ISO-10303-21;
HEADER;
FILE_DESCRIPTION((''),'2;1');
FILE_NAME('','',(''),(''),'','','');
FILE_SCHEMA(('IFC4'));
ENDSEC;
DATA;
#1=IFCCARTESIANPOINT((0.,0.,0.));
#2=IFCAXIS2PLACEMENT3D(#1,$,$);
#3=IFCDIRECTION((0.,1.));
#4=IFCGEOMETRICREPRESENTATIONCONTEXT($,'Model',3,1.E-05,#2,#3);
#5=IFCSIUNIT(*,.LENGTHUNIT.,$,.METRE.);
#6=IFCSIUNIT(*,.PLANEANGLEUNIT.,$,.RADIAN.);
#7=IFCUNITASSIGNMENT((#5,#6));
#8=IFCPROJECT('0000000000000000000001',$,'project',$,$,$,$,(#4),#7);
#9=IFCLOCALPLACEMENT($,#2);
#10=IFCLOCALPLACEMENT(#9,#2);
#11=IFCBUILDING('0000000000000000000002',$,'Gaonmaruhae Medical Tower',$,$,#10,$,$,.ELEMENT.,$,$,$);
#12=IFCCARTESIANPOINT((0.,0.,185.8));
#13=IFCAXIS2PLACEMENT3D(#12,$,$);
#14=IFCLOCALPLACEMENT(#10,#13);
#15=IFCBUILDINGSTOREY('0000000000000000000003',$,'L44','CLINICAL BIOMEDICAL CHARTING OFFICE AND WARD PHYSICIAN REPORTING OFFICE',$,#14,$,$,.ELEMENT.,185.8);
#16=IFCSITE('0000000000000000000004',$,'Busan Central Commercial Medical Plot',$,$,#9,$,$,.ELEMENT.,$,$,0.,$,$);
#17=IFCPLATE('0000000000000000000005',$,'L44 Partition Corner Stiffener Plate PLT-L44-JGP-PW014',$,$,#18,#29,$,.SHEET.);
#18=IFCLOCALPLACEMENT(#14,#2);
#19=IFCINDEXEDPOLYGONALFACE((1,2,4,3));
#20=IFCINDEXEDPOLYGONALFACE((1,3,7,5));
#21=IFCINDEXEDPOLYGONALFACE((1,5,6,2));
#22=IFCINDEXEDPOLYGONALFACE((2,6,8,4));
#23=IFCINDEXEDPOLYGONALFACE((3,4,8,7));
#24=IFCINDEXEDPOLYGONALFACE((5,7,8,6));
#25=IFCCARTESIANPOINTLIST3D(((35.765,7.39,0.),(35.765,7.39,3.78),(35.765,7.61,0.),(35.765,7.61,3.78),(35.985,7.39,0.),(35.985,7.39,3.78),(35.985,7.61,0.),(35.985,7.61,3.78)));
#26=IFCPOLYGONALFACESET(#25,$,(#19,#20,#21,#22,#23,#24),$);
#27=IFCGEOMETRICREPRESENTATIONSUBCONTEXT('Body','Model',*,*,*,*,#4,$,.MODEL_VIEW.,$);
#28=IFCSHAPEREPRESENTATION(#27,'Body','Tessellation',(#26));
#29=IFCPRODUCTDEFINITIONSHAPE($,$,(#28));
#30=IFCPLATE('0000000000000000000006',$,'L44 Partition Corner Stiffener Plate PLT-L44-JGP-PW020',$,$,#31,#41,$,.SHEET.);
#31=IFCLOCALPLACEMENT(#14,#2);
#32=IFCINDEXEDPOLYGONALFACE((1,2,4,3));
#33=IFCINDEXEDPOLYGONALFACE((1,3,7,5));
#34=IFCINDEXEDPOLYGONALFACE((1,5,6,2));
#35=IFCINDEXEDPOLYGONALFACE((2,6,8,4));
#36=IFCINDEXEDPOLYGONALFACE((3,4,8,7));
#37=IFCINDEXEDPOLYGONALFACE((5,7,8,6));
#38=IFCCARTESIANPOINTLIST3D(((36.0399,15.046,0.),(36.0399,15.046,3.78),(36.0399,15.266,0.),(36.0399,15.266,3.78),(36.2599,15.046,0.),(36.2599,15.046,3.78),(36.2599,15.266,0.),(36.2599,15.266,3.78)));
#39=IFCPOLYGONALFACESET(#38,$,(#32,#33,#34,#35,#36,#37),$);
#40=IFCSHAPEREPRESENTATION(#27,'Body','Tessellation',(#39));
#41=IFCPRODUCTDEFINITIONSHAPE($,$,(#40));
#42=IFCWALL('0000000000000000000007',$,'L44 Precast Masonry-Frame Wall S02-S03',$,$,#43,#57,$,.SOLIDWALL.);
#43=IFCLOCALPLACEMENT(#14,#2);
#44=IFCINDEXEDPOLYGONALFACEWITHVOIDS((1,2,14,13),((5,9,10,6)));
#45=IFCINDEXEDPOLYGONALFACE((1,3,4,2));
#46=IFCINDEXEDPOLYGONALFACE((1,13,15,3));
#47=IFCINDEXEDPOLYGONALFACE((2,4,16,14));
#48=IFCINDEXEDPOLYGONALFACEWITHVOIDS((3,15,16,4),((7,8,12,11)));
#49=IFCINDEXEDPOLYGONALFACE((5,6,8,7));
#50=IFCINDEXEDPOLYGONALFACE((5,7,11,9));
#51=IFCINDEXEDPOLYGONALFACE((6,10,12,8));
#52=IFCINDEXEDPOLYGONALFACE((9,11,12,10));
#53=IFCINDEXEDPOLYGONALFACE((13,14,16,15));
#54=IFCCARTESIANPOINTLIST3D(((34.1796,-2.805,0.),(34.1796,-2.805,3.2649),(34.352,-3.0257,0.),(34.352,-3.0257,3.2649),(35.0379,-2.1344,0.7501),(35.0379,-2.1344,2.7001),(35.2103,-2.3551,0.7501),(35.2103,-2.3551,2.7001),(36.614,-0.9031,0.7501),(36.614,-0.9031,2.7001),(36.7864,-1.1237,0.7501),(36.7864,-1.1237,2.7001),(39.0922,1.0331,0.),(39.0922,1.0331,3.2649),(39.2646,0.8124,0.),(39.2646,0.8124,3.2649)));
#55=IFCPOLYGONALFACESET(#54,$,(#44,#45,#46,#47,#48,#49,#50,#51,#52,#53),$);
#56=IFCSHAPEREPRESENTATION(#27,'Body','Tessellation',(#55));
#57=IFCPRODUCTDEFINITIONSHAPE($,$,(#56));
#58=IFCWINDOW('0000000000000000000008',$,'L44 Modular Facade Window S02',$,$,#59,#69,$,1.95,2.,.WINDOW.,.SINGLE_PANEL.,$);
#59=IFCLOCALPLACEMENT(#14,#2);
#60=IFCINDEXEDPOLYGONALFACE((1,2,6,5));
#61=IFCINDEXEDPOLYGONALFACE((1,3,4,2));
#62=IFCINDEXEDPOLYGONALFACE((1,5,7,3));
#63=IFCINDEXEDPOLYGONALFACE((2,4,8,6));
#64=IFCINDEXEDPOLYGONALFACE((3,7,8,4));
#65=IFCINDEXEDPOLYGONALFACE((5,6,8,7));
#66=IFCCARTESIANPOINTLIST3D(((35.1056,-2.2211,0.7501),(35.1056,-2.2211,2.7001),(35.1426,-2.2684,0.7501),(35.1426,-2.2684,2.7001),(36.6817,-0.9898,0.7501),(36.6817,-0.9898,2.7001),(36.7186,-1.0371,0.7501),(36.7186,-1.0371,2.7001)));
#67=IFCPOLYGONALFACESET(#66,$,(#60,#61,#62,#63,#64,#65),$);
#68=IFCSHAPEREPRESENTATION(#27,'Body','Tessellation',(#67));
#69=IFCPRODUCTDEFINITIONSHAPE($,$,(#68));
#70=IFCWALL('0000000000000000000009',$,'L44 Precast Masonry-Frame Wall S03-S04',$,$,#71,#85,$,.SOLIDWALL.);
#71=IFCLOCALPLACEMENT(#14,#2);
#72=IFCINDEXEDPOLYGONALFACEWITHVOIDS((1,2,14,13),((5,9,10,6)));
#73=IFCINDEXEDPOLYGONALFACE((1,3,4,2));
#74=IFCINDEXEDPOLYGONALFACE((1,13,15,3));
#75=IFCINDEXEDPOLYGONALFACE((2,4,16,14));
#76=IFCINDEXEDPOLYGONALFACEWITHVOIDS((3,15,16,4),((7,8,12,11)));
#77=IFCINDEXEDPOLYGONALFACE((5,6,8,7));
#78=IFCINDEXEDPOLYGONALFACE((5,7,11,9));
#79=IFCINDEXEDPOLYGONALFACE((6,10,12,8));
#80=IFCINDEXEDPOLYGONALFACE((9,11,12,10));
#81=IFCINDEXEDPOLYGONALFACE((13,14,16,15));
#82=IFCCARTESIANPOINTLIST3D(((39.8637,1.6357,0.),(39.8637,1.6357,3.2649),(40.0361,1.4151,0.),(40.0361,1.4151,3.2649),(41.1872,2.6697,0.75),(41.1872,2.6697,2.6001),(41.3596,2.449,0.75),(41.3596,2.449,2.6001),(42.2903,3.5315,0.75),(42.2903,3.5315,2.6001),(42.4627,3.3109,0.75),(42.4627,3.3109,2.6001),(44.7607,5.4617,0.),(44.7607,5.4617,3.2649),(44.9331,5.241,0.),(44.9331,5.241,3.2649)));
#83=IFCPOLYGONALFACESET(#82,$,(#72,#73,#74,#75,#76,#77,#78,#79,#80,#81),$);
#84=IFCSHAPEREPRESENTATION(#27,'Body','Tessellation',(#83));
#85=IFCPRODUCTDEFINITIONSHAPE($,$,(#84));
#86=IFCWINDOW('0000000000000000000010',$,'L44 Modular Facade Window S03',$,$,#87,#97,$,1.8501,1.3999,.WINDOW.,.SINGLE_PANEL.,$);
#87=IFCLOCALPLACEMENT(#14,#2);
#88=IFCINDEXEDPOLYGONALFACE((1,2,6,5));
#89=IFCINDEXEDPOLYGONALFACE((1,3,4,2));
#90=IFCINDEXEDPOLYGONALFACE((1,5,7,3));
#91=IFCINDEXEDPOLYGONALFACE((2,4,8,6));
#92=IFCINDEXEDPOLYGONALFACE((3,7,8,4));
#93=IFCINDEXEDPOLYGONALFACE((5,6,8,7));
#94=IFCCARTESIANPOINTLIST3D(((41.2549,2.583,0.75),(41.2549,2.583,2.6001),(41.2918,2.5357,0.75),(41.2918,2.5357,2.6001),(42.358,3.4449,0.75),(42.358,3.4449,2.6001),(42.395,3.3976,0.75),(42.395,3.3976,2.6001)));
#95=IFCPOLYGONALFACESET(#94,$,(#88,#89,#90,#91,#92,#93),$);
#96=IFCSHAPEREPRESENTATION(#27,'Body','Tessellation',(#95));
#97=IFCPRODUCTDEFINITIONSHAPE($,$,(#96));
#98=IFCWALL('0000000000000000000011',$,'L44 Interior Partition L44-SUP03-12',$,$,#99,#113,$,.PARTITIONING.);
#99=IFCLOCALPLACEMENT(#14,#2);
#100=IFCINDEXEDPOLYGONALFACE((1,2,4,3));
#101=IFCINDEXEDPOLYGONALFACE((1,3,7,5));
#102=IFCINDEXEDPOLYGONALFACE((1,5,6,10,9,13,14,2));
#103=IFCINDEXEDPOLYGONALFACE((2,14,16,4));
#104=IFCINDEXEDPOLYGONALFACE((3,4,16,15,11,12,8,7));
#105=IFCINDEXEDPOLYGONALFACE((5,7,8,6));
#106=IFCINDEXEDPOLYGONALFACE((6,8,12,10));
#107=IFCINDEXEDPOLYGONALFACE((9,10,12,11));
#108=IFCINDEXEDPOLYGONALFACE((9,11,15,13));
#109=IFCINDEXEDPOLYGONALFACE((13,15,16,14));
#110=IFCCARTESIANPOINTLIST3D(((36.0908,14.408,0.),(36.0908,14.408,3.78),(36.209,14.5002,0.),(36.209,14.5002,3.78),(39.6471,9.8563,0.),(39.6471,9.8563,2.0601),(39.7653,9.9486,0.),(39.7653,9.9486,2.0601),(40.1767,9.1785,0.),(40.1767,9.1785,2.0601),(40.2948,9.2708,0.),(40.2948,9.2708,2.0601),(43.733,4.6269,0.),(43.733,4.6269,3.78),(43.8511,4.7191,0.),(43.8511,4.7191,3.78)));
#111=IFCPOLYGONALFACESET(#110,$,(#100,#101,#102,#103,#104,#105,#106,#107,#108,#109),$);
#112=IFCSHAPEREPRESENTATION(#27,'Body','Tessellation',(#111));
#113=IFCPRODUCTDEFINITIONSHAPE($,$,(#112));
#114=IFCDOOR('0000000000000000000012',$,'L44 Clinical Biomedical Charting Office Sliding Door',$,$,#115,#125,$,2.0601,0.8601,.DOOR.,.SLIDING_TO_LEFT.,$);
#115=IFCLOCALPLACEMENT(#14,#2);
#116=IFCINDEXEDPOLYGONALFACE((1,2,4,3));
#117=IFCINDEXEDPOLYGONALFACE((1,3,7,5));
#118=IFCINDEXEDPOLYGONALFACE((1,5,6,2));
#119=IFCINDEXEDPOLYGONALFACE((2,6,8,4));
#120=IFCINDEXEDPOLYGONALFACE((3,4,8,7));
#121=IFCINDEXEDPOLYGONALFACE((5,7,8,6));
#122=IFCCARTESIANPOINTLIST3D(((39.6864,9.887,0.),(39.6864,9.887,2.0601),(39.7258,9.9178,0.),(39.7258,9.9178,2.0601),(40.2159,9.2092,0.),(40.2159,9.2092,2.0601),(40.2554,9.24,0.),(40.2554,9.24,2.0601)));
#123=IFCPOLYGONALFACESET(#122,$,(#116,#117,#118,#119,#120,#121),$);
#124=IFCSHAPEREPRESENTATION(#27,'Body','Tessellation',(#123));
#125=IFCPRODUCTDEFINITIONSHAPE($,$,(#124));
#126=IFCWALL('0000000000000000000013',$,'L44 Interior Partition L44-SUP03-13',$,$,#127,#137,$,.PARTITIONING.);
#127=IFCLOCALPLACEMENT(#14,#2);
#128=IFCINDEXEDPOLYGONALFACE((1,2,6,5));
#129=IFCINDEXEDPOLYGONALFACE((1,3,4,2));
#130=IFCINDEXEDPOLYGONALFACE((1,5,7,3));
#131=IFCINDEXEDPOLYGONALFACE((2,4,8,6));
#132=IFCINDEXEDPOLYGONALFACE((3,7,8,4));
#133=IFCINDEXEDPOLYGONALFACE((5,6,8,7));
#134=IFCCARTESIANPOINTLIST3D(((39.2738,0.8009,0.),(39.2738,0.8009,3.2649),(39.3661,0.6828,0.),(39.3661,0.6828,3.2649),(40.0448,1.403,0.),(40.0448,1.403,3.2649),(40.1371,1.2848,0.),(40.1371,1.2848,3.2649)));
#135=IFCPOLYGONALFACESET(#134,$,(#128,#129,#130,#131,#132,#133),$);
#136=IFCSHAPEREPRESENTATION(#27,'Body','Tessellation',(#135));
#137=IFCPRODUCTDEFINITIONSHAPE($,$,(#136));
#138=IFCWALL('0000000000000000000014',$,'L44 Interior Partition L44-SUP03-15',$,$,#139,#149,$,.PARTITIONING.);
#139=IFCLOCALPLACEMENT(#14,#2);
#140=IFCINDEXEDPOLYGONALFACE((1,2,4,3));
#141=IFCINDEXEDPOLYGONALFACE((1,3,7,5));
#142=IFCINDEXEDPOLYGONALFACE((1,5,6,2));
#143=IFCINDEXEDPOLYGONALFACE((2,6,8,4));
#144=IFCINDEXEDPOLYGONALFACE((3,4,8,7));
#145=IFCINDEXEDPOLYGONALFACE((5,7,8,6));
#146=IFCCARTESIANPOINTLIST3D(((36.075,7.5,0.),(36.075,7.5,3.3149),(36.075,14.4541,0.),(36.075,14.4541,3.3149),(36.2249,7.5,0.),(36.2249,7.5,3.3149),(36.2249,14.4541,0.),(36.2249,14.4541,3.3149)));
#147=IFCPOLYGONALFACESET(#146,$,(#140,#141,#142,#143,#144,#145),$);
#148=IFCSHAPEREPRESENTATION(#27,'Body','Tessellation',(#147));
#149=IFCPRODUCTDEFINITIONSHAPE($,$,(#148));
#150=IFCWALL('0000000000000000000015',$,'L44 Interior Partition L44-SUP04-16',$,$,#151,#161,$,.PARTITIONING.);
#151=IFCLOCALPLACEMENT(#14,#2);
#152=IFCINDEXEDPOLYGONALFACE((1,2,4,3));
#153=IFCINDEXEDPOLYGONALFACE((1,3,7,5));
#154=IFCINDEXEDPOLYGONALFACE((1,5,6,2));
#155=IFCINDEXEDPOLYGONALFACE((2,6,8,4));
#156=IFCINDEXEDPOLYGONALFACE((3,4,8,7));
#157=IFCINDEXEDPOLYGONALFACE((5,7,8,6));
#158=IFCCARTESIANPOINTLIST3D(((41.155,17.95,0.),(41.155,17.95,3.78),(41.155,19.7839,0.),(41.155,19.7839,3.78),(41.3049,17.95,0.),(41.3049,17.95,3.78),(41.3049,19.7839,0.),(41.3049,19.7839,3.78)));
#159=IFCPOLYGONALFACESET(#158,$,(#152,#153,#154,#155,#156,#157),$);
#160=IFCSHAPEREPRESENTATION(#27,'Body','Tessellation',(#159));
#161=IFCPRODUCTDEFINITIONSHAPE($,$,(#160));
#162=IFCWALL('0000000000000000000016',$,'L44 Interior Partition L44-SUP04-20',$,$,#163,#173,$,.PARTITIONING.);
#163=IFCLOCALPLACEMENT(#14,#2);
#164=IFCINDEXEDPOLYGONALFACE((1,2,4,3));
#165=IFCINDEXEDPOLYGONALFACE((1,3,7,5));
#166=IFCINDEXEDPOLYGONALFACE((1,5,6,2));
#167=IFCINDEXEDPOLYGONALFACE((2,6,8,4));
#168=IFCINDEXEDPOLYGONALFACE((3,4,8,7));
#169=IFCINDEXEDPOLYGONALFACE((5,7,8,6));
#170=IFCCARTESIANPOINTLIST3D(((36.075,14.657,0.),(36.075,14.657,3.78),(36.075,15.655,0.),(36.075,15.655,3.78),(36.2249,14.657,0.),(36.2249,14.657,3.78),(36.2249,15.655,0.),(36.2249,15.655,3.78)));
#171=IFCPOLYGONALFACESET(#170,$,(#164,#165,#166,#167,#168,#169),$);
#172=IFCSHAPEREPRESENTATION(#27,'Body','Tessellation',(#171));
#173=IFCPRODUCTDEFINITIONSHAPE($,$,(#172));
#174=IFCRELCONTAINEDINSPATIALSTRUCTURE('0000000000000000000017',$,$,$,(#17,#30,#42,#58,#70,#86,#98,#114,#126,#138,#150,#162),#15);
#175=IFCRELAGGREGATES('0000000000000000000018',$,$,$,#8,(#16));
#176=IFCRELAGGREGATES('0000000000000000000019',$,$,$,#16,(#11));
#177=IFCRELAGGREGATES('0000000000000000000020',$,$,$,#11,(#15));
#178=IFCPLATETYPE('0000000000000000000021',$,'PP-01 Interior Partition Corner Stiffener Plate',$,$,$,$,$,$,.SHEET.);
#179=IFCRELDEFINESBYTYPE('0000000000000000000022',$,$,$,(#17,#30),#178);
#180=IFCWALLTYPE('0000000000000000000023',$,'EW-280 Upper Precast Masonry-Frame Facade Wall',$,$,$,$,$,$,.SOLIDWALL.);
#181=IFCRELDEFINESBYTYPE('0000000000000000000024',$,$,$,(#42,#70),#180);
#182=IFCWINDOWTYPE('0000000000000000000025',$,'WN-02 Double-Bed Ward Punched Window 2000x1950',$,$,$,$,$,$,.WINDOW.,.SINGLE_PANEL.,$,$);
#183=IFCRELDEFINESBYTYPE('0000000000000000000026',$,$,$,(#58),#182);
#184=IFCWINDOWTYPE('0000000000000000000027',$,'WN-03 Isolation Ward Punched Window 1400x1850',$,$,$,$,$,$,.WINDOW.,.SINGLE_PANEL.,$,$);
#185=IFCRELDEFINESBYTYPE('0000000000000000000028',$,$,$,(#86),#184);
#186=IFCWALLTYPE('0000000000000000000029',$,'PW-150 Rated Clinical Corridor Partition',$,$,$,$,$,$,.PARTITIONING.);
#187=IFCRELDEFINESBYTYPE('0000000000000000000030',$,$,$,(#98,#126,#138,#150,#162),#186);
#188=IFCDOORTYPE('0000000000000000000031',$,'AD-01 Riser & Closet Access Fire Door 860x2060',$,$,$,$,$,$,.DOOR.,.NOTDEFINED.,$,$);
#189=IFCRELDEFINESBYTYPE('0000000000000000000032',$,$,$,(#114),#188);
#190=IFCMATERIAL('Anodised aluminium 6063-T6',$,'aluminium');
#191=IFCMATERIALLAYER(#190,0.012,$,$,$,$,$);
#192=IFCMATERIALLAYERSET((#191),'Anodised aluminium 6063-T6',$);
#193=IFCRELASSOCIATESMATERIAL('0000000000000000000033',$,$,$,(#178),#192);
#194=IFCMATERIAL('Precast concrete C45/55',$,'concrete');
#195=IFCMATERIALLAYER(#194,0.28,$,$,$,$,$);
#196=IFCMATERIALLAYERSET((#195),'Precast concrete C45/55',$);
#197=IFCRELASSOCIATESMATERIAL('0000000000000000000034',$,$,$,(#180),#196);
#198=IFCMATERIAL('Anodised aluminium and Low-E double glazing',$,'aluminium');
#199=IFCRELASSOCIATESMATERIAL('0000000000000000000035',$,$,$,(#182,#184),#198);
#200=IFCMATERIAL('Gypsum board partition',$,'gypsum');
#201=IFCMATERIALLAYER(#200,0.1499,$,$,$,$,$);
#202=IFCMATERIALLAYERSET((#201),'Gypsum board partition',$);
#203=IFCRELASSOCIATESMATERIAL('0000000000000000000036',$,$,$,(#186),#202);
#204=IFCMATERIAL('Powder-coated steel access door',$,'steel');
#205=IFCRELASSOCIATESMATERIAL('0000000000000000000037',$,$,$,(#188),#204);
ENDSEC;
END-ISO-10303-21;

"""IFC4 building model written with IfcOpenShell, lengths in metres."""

from ifc_helpers import new_model, si_unit, direction, frame, frame_2d, origin, origin_2d, place, context, subcontext, project, spatial, rectangle, extrude, material, layer, layer_set, type_object, element, fill, save


model = new_model("IFC4")

# Units and contexts
model_context = context("Model", 3, precision=1e-05, world=origin(), true_north=direction((0.0, 1.0)))
body_context = subcontext(model_context, "Body", "Model", "MODEL_VIEW")
ifc_project = project(units=[si_unit("LENGTHUNIT", "METRE"), si_unit("PLANEANGLEUNIT", "RADIAN")], contexts=[model_context])

# Site, building, storey
site_placement = place(None, origin())
site = spatial("IfcSite", under=ifc_project, at=site_placement, Name="Busan Central Commercial Medical Plot", CompositionType="ELEMENT", RefElevation=0.0)
building_placement = place(site_placement, origin())
building = spatial("IfcBuilding", under=site, at=building_placement, Name="Gaonmaruhae Medical Tower", CompositionType="ELEMENT")
storey_placement = place(building_placement, frame((0.0, 0.0, 185.8)))
storey = spatial("IfcBuildingStorey", under=building, at=storey_placement, Name="L44", Description="CLINICAL BIOMEDICAL CHARTING OFFICE AND WARD PHYSICIAN REPORTING OFFICE", CompositionType="ELEMENT", Elevation=185.8)

# Plates
ifc_material_1 = material(Name="Anodised aluminium 6063-T6", Category="aluminium")
ifc_layer_1 = layer(ifc_material_1, 0.012)
ifc_layer_set_1 = layer_set([ifc_layer_1], Name="Anodised aluminium 6063-T6")
plate_type = type_object("IfcPlateType", Name="PP-01 Interior Partition Corner Stiffener Plate", PredefinedType="SHEET", material=ifc_layer_set_1)
for number, where, z_axis, x_axis, name in (
    (1, (35.875, 7.5, 0.0), (0.0, 0.0, 1.0), (1.0, 0.0, 0.0), "L44 Partition Corner Stiffener Plate PLT-L44-JGP-PW014"),
    (2, (36.1499, 15.156, 0.0), (0.0, 0.0, 1.0), (0.0, 1.0, 0.0), "L44 Partition Corner Stiffener Plate PLT-L44-JGP-PW020"),
):
    element("IfcPlate", number, at=place(storey_placement, frame(where, z_axis=z_axis, x_axis=x_axis)), inside=storey, type_object=plate_type, Name=name, PredefinedType="SHEET", context=body_context, shape_type="SweptSolid", body=[
        extrude(rectangle(XDim=0.22, YDim=0.22, at=origin_2d()), origin(), (0.0, 0.0, 1.0), 3.78),
    ])

# Walls, openings, windows
ifc_material_2 = material(Name="Precast concrete C45/55", Category="concrete")
ifc_layer_2 = layer(ifc_material_2, 0.28)
ifc_layer_set_2 = layer_set([ifc_layer_2], Name="Precast concrete C45/55")
wall_type_1 = type_object("IfcWallType", Name="EW-280 Upper Precast Masonry-Frame Facade Wall", PredefinedType="SOLIDWALL", material=ifc_layer_set_2)
wall_1_placement = place(storey_placement, frame((39.1785, 0.9229, 0.0), z_axis=(0.0, 0.0, 1.0), x_axis=(-0.788011, -0.615661, 0.0)))
wall_1 = element("IfcWall", 3, at=wall_1_placement, inside=storey, type_object=wall_type_1, Name="L44 Precast Masonry-Frame Wall S02-S03", PredefinedType="SOLIDWALL", context=body_context, shape_type="SweptSolid", body=[
    extrude(rectangle(XDim=6.2341, YDim=0.28, at=frame_2d((3.1172, 0.0))), origin(), (0.0, 0.0, 1.0), 3.2649),
])
opening_1_placement = place(wall_1_placement, frame((3.145, 0.0, 0.75)))
opening_1 = element("IfcOpeningElement", 4, at=opening_1_placement, cuts=wall_1, PredefinedType="OPENING", context=body_context, shape_type="SweptSolid", body=[
    extrude(rectangle(XDim=2.0, YDim=1.95, at=frame_2d((1.0, 0.9751))), frame((0.0, 0.1499, 0.0), z_axis=(0.0, -1.0, 0.0), x_axis=(1.0, 0.0, 0.0)), (0.0, 0.0, 1.0), 0.3),
])
ifc_material_3 = material(Name="Anodised aluminium and Low-E double glazing", Category="aluminium")
window_type_1 = type_object("IfcWindowType", Name="WN-02 Double-Bed Ward Punched Window 2000x1950", PartitioningType="SINGLE_PANEL", PredefinedType="WINDOW", material=ifc_material_3)
window_1_placement = place(opening_1_placement, origin())
window_1 = element("IfcWindow", 5, at=window_1_placement, inside=storey, type_object=window_type_1, Name="L44 Modular Facade Window S02", OverallHeight=1.95, OverallWidth=2.0, PartitioningType="SINGLE_PANEL", PredefinedType="WINDOW", context=body_context, shape_type="SweptSolid", body=[
    extrude(rectangle(XDim=2.0, YDim=1.95, at=frame_2d((1.0, 0.9751))), frame((0.0, 0.03, 0.0), z_axis=(0.0, -1.0, 0.0), x_axis=(1.0, 0.0, 0.0)), (0.0, 0.0, 1.0), 0.0601),
])
fill(opening_1, window_1)
wall_2_placement = place(storey_placement, frame((44.8469, 5.3513, 0.0), z_axis=(0.0, 0.0, 1.0), x_axis=(-0.788011, -0.615661, 0.0)))
wall_2 = element("IfcWall", 6, at=wall_2_placement, inside=storey, type_object=wall_type_1, Name="L44 Precast Masonry-Frame Wall S03-S04", PredefinedType="SOLIDWALL", context=body_context, shape_type="SweptSolid", body=[
    extrude(rectangle(XDim=6.2144, YDim=0.28, at=frame_2d((3.1072, 0.0))), origin(), (0.0, 0.0, 1.0), 3.2649),
])
opening_2_placement = place(wall_2_placement, frame((3.135, 0.0, 0.75)))
opening_2 = element("IfcOpeningElement", 7, at=opening_2_placement, cuts=wall_2, PredefinedType="OPENING", context=body_context, shape_type="SweptSolid", body=[
    extrude(rectangle(XDim=1.3999, YDim=1.8501, at=frame_2d((0.7, 0.925))), frame((0.0, 0.1499, 0.0), z_axis=(0.0, -1.0, 0.0), x_axis=(1.0, 0.0, 0.0)), (0.0, 0.0, 1.0), 0.3),
])
window_type_2 = type_object("IfcWindowType", Name="WN-03 Isolation Ward Punched Window 1400x1850", PartitioningType="SINGLE_PANEL", PredefinedType="WINDOW", material=ifc_material_3)
window_2_placement = place(opening_2_placement, origin())
window_2 = element("IfcWindow", 8, at=window_2_placement, inside=storey, type_object=window_type_2, Name="L44 Modular Facade Window S03", OverallHeight=1.8501, OverallWidth=1.3999, PartitioningType="SINGLE_PANEL", PredefinedType="WINDOW", context=body_context, shape_type="SweptSolid", body=[
    extrude(rectangle(XDim=1.3999, YDim=1.8501, at=frame_2d((0.7, 0.925))), frame((0.0, 0.03, 0.0), z_axis=(0.0, -1.0, 0.0), x_axis=(1.0, 0.0, 0.0)), (0.0, 0.0, 1.0), 0.0601),
])
fill(opening_2, window_2)

# Wall, opening, door
ifc_material_4 = material(Name="Gypsum board partition", Category="gypsum")
ifc_layer_3 = layer(ifc_material_4, 0.1499)
ifc_layer_set_3 = layer_set([ifc_layer_3], Name="Gypsum board partition")
wall_type_2 = type_object("IfcWallType", Name="PW-150 Rated Clinical Corridor Partition", PredefinedType="PARTITIONING", material=ifc_layer_set_3)
wall_3_placement = place(storey_placement, frame((36.1499, 14.4541, 0.0), z_axis=(0.0, 0.0, 1.0), x_axis=(0.615678, -0.787998, 0.0)))
wall_3 = element("IfcWall", 9, at=wall_3_placement, inside=storey, type_object=wall_type_2, Name="L44 Interior Partition L44-SUP03-12", PredefinedType="PARTITIONING", context=body_context, shape_type="SweptSolid", body=[
    extrude(rectangle(XDim=12.4126, YDim=0.1499, at=frame_2d((6.2063, 0.0))), origin(), (0.0, 0.0, 1.0), 3.78),
])
opening_3_placement = place(wall_3_placement, frame((5.7761, 0.0, 0.0)))
opening_3 = element("IfcOpeningElement", 10, at=opening_3_placement, cuts=wall_3, PredefinedType="OPENING", context=body_context, shape_type="SweptSolid", body=[
    extrude(rectangle(XDim=0.8601, YDim=2.0601, at=frame_2d((0.4302, 1.03))), frame((0.0, 0.085, 0.0), z_axis=(0.0, -1.0, 0.0), x_axis=(1.0, 0.0, 0.0)), (0.0, 0.0, 1.0), 0.1699),
])
ifc_material_5 = material(Name="Powder-coated steel access door", Category="steel")
door_type = type_object("IfcDoorType", Name="AD-01 Riser & Closet Access Fire Door 860x2060", OperationType="NOTDEFINED", PredefinedType="DOOR", material=ifc_material_5)
door_placement = place(opening_3_placement, origin())
door = element("IfcDoor", 11, at=door_placement, inside=storey, type_object=door_type, Name="L44 Clinical Biomedical Charting Office Sliding Door", OperationType="SLIDING_TO_LEFT", OverallHeight=2.0601, OverallWidth=0.8601, PredefinedType="DOOR", context=body_context, shape_type="SweptSolid", body=[
    extrude(rectangle(XDim=0.8601, YDim=2.0601, at=frame_2d((0.4302, 1.03))), frame((0.0, 0.0249, 0.0), z_axis=(0.0, -1.0, 0.0), x_axis=(1.0, 0.0, 0.0)), (0.0, 0.0, 1.0), 0.05),
])
fill(opening_3, door)

# Walls
wall_4_placement = place(storey_placement, frame((40.0911, 1.344, 0.0), z_axis=(0.0, 0.0, 1.0), x_axis=(-0.788168, -0.61546, 0.0)))
element("IfcWall", 12, at=wall_4_placement, inside=storey, type_object=wall_type_2, Name="L44 Interior Partition L44-SUP03-13", PredefinedType="PARTITIONING", context=body_context, shape_type="SweptSolid", body=[
    extrude(rectangle(XDim=0.9783, YDim=0.1499, at=frame_2d((0.4893, 0.0))), origin(), (0.0, 0.0, 1.0), 3.2649),
])
wall_5_placement = place(storey_placement, frame((36.1499, 7.5, 0.0), z_axis=(0.0, 0.0, 1.0), x_axis=(0.0, 1.0, 0.0)))
element("IfcWall", 13, at=wall_5_placement, inside=storey, type_object=wall_type_2, Name="L44 Interior Partition L44-SUP03-15", PredefinedType="PARTITIONING", context=body_context, shape_type="SweptSolid", body=[
    extrude(rectangle(XDim=6.9541, YDim=0.1499, at=frame_2d((3.4771, 0.0))), origin(), (0.0, 0.0, 1.0), 3.3149),
])
wall_6_placement = place(storey_placement, frame((41.23, 17.95, 0.0), z_axis=(0.0, 0.0, 1.0), x_axis=(0.0, 1.0, 0.0)))
element("IfcWall", 14, at=wall_6_placement, inside=storey, type_object=wall_type_2, Name="L44 Interior Partition L44-SUP04-16", PredefinedType="PARTITIONING", context=body_context, shape_type="SweptSolid", body=[
    extrude(rectangle(XDim=1.834, YDim=0.1499, at=frame_2d((0.917, 0.0))), origin(), (0.0, 0.0, 1.0), 3.78),
])
wall_7_placement = place(storey_placement, frame((36.1499, 14.657, 0.0), z_axis=(0.0, 0.0, 1.0), x_axis=(0.0, 1.0, 0.0)))
element("IfcWall", 15, at=wall_7_placement, inside=storey, type_object=wall_type_2, Name="L44 Interior Partition L44-SUP04-20", PredefinedType="PARTITIONING", context=body_context, shape_type="SweptSolid", body=[
    extrude(rectangle(XDim=0.998, YDim=0.1499, at=frame_2d((0.499, 0.0))), origin(), (0.0, 0.0, 1.0), 3.78),
])

save(model, "model.ifc")
